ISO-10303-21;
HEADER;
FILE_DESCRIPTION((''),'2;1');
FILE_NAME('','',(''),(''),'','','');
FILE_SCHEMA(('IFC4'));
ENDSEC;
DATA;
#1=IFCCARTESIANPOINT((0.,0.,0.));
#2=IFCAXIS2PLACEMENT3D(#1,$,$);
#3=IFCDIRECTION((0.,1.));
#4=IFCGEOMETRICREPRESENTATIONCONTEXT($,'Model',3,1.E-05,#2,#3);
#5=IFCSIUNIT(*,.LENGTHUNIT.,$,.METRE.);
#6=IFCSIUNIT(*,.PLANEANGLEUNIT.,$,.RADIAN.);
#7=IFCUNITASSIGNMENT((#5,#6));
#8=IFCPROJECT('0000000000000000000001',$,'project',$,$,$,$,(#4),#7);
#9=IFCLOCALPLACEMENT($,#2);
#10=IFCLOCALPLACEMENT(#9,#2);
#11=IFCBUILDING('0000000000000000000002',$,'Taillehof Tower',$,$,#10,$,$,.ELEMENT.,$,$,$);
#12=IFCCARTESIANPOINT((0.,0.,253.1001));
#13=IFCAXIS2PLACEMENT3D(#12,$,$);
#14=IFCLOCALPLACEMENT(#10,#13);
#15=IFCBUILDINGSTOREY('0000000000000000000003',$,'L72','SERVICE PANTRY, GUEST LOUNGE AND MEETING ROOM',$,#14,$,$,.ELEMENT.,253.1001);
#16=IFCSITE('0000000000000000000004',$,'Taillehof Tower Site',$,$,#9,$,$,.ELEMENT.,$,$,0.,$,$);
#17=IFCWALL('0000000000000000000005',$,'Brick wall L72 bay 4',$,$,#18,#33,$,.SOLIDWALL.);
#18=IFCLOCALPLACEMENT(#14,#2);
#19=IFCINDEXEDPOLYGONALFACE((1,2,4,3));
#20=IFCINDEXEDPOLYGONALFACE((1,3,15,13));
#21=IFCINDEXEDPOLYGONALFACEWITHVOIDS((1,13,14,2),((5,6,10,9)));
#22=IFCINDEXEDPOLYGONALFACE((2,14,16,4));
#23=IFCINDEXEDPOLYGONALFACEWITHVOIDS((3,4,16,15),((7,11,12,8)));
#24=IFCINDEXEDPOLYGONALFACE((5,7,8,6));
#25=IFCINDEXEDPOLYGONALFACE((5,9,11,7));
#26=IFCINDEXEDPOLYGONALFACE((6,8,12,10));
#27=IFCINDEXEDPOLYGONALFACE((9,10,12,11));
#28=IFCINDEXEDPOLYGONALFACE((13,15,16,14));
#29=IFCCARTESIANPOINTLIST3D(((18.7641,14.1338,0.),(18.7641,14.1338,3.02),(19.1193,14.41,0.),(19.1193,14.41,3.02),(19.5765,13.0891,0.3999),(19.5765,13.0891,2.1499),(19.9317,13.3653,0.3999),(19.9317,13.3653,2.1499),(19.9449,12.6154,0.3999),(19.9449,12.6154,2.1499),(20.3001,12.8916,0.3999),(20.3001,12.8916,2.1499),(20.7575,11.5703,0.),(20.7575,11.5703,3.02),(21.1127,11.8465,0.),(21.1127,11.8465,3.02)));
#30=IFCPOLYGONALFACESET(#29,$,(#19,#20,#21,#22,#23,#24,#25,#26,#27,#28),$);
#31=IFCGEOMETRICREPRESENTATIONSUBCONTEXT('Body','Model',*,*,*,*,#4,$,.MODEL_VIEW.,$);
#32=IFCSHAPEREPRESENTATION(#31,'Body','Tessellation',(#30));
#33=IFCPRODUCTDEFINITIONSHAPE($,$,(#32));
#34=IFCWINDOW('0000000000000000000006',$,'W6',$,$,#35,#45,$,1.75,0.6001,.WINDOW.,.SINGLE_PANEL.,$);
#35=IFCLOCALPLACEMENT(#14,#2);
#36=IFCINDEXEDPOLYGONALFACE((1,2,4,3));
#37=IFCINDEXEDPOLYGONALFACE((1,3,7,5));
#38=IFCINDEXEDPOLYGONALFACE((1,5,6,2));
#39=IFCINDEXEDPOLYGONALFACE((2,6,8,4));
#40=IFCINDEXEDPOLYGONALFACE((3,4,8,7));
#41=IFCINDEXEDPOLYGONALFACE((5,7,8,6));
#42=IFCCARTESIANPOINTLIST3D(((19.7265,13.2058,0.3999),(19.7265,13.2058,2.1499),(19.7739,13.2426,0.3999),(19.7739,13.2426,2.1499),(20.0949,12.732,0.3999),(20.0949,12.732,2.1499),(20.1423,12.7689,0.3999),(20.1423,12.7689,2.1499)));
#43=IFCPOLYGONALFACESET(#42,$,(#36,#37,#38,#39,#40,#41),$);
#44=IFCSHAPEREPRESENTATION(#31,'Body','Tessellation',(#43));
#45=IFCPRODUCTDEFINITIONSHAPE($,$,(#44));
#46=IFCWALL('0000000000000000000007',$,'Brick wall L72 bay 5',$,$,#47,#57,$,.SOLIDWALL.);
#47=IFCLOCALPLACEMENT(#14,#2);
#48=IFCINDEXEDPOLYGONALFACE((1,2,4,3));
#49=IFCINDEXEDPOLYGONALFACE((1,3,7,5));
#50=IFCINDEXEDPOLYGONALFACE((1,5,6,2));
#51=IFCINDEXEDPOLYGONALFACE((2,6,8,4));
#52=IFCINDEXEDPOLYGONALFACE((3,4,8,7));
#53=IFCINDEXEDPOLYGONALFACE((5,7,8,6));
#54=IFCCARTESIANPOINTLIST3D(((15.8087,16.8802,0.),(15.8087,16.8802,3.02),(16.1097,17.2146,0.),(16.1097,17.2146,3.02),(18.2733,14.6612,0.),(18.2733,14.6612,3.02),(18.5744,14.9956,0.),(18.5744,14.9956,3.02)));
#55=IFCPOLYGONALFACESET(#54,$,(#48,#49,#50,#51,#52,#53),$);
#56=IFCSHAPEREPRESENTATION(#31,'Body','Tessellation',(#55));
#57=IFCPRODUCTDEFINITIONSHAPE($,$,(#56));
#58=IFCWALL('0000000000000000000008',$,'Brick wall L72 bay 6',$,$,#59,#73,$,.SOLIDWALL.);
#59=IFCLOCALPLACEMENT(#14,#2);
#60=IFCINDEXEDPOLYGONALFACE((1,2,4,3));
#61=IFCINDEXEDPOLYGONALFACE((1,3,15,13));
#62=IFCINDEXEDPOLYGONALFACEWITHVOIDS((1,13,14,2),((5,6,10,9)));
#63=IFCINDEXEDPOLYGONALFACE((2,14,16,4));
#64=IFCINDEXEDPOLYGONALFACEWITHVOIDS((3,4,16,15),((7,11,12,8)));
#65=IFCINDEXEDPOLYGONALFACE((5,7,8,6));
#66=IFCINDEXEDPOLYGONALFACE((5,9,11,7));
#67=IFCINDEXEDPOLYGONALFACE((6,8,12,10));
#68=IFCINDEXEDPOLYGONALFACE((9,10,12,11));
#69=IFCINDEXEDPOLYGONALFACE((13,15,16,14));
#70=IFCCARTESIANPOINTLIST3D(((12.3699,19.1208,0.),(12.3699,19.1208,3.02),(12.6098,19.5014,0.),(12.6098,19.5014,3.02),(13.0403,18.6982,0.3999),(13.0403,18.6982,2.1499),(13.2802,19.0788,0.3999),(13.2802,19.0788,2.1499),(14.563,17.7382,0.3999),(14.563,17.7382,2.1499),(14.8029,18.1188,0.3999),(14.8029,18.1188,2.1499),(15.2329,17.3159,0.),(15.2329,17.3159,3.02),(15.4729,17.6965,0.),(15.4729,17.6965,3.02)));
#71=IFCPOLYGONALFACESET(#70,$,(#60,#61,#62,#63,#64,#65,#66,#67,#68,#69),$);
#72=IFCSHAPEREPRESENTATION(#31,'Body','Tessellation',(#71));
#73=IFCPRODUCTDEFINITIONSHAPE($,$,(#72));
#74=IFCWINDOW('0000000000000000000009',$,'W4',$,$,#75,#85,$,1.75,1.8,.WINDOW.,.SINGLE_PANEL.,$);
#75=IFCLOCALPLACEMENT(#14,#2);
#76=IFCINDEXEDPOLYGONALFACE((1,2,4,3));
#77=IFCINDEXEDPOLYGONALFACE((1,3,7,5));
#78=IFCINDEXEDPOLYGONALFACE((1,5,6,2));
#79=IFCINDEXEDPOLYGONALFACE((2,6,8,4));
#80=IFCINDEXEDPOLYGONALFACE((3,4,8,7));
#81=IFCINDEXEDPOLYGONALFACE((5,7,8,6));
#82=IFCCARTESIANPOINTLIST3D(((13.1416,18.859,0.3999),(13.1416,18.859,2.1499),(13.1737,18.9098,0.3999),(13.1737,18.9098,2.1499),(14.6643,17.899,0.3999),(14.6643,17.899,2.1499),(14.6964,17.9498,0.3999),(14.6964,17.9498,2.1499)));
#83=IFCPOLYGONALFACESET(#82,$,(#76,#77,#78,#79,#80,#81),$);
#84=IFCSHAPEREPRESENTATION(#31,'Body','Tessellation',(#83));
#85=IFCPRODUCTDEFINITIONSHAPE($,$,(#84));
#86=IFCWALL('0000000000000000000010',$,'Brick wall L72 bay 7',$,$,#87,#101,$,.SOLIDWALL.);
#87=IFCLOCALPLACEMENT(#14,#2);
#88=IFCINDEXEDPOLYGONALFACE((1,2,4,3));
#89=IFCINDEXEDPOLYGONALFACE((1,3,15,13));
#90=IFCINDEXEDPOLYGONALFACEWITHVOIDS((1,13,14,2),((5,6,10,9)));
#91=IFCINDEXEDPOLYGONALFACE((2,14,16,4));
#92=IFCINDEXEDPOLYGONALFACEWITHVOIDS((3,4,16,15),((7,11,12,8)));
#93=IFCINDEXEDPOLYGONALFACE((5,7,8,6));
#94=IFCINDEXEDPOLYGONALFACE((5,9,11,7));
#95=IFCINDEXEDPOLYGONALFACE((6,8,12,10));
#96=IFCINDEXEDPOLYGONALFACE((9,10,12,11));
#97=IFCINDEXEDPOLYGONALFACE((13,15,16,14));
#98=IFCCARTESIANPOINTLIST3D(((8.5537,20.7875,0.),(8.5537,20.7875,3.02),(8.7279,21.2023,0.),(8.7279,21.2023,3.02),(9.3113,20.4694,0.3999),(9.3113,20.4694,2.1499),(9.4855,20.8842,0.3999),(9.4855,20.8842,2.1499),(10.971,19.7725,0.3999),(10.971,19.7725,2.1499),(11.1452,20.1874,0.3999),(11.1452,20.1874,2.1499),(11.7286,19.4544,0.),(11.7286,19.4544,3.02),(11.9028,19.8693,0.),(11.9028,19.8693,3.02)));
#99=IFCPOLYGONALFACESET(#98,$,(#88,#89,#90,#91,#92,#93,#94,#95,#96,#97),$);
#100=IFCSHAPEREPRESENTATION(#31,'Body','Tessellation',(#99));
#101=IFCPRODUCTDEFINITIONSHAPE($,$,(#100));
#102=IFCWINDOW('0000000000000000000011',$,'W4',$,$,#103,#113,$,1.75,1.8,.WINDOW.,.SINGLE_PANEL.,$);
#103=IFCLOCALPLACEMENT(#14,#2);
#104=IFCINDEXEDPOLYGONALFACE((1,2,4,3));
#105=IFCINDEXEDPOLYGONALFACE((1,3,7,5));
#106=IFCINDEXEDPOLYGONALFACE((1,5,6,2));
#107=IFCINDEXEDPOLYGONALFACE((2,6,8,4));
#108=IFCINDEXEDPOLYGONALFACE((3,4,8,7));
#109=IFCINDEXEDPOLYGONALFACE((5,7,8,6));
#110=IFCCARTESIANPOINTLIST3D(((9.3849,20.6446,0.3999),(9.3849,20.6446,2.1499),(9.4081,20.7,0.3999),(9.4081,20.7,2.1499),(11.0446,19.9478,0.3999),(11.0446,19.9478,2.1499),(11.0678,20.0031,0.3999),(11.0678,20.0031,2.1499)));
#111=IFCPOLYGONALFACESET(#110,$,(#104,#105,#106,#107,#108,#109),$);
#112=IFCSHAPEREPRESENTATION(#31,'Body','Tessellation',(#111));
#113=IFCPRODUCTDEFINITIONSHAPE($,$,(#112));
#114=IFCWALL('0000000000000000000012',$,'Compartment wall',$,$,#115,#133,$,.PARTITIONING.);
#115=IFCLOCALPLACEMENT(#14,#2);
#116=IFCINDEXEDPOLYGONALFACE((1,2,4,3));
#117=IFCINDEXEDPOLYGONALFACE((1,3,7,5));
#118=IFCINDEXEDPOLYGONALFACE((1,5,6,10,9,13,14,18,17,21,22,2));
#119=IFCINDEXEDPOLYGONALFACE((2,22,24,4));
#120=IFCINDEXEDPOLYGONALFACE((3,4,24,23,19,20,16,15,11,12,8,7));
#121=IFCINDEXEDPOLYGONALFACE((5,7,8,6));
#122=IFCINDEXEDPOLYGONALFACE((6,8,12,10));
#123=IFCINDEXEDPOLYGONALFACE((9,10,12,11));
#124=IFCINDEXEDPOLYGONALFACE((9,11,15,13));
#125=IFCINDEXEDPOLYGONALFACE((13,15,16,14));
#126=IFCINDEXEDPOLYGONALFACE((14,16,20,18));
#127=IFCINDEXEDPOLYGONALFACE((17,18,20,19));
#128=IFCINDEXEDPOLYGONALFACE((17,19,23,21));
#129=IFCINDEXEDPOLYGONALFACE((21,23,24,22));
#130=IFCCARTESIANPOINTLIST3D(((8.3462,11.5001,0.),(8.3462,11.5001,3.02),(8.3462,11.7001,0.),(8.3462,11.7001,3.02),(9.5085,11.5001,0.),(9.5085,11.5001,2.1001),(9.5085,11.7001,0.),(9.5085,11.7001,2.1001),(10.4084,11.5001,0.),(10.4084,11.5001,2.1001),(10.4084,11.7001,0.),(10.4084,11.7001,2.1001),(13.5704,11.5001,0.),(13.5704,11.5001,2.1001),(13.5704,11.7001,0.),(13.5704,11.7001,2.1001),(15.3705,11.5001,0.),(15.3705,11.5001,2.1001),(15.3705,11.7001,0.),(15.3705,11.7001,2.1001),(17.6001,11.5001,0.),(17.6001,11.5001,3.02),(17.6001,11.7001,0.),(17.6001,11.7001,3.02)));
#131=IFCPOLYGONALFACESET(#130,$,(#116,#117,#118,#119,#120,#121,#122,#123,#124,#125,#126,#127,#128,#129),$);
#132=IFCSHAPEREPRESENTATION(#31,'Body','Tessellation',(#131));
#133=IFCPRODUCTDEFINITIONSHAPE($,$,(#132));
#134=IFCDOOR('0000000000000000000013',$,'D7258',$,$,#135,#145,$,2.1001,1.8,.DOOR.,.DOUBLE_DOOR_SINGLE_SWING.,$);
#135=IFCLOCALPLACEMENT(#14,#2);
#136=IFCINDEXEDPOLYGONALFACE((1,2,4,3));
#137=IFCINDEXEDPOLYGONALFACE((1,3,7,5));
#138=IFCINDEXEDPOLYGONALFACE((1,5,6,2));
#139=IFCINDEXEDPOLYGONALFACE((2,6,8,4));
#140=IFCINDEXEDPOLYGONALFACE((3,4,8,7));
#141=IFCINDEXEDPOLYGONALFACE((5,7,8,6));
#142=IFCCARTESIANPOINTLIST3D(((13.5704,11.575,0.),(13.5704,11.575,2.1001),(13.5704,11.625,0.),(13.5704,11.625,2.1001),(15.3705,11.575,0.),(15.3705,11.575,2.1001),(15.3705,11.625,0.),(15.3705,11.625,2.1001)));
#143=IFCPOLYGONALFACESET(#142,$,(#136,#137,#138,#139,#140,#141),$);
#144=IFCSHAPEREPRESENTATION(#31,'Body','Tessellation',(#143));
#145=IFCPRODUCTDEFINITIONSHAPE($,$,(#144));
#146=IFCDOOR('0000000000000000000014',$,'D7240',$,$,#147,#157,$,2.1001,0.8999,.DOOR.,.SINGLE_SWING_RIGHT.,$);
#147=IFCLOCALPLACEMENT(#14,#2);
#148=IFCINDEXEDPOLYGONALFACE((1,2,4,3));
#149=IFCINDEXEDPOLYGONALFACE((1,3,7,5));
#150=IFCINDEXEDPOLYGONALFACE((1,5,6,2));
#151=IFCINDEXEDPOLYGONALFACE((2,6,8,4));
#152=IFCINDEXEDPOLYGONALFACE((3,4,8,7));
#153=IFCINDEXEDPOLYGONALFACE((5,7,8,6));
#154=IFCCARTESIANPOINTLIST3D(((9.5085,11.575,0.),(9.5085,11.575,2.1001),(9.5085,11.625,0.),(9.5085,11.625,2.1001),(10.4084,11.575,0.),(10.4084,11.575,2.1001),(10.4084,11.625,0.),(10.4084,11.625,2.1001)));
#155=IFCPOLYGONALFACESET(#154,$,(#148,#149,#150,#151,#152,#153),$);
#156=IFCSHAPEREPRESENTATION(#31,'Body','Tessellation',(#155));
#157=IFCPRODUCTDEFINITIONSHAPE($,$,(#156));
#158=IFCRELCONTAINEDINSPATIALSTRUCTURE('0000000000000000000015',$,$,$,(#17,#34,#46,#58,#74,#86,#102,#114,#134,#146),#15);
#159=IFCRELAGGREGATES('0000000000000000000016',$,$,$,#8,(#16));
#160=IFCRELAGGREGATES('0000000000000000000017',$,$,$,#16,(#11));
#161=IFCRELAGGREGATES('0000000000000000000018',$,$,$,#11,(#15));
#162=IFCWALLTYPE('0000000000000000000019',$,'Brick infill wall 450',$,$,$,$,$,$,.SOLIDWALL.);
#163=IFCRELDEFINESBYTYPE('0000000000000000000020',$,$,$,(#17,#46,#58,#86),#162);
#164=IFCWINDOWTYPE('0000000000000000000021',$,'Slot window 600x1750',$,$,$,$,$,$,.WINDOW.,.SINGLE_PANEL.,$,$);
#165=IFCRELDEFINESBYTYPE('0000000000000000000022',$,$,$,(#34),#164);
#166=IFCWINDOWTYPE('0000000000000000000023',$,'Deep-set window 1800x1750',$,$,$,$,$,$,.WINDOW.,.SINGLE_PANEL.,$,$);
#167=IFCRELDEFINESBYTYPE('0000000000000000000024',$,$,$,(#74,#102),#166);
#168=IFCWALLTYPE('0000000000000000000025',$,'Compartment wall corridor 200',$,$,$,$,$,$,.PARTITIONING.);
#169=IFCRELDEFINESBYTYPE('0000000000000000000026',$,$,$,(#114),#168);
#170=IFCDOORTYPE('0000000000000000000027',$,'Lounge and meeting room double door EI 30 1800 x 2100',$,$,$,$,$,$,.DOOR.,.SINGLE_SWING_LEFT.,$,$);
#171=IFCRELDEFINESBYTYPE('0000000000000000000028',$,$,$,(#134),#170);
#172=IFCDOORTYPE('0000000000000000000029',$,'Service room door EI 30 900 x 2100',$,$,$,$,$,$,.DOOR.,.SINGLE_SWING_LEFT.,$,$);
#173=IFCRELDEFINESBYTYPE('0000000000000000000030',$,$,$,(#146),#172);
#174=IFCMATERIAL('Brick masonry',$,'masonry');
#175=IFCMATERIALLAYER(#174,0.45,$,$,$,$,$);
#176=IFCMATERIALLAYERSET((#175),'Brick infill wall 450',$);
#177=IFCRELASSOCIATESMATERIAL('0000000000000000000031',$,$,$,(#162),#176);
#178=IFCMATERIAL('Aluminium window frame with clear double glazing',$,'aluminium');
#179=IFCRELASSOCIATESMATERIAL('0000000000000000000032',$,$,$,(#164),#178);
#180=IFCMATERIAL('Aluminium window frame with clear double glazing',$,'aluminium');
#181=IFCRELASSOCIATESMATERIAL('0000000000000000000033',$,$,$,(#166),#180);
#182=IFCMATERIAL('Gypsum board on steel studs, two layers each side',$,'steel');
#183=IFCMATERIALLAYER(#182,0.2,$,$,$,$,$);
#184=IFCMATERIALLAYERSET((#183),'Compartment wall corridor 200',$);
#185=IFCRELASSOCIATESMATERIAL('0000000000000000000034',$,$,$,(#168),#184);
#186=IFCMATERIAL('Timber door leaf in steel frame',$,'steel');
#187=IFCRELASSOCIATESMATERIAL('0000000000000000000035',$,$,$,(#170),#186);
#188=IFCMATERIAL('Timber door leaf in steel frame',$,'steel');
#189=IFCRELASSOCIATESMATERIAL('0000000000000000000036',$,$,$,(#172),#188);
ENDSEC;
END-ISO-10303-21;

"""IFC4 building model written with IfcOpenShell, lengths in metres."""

from ifc_helpers import new_model, si_unit, direction, frame, frame_2d, origin, place, context, subcontext, project, spatial, rectangle, extrude, material, layer, layer_set, type_object, element, fill, save


model = new_model("IFC4")

# Units and contexts
model_context = context("Model", 3, precision=1e-05, world=origin(), true_north=direction((0.0, 1.0)))
body_context = subcontext(model_context, "Body", "Model", "MODEL_VIEW")
ifc_project = project(units=[si_unit("LENGTHUNIT", "METRE"), si_unit("PLANEANGLEUNIT", "RADIAN")], contexts=[model_context])

# Site, building, storey
site_placement = place(None, origin())
site = spatial("IfcSite", under=ifc_project, at=site_placement, Name="Taillehof Tower Site", CompositionType="ELEMENT", RefElevation=0.0)
building_placement = place(site_placement, origin())
building = spatial("IfcBuilding", under=site, at=building_placement, Name="Taillehof Tower", CompositionType="ELEMENT")
storey_placement = place(building_placement, frame((0.0, 0.0, 253.1001)))
storey = spatial("IfcBuildingStorey", under=building, at=storey_placement, Name="L72", Description="SERVICE PANTRY, GUEST LOUNGE AND MEETING ROOM", CompositionType="ELEMENT", Elevation=253.1001)

# Wall, opening, window
ifc_material_1 = material(Name="Brick masonry", Category="masonry")
ifc_layer_1 = layer(ifc_material_1, 0.45)
ifc_layer_set_1 = layer_set([ifc_layer_1], Name="Brick infill wall 450")
wall_type_1 = type_object("IfcWallType", Name="Brick infill wall 450", PredefinedType="SOLIDWALL", material=ifc_layer_set_1)
wall_1_placement = place(storey_placement, frame((20.9351, 11.7085, 0.0), z_axis=(0.0, 0.0, 1.0), x_axis=(-0.613863, 0.789413, 0.0)))
wall_1 = element("IfcWall", 1, at=wall_1_placement, inside=storey, type_object=wall_type_1, Name="Brick wall L72 bay 4", PredefinedType="SOLIDWALL", context=body_context, shape_type="SweptSolid", body=[
    extrude(rectangle(XDim=3.2473, YDim=0.45, at=frame_2d((1.6235, 0.0))), origin(), (0.0, 0.0, 1.0), 3.02),
])
opening_1_placement = place(wall_1_placement, frame((1.3237, 0.0, 0.3999)))
opening_1 = element("IfcOpeningElement", 2, at=opening_1_placement, cuts=wall_1, PredefinedType="OPENING", context=body_context, shape_type="SweptSolid", body=[
    extrude(rectangle(XDim=0.6001, YDim=1.75, at=frame_2d((0.3, 0.875))), frame((0.0, 0.2349, 0.0), z_axis=(0.0, -1.0, 0.0), x_axis=(1.0, 0.0, 0.0)), (0.0, 0.0, 1.0), 0.47),
])
ifc_material_2 = material(Name="Aluminium window frame with clear double glazing", Category="aluminium")
window_type_1 = type_object("IfcWindowType", Name="Slot window 600x1750", PartitioningType="SINGLE_PANEL", PredefinedType="WINDOW", material=ifc_material_2)
window_1_placement = place(opening_1_placement, origin())
window_1 = element("IfcWindow", 3, at=window_1_placement, inside=storey, type_object=window_type_1, Name="W6", OverallHeight=1.75, OverallWidth=0.6001, PartitioningType="SINGLE_PANEL", PredefinedType="WINDOW", context=body_context, shape_type="SweptSolid", body=[
    extrude(rectangle(XDim=0.6001, YDim=1.75, at=frame_2d((0.3, 0.875))), frame((0.0, 0.0349, 0.0), z_axis=(0.0, -1.0, 0.0), x_axis=(1.0, 0.0, 0.0)), (0.0, 0.0, 1.0), 0.0601),
])
fill(opening_1, window_1)

# Wall
wall_2_placement = place(storey_placement, frame((18.4238, 14.8284, 0.0), z_axis=(0.0, 0.0, 1.0), x_axis=(-0.743166, 0.669107, 0.0)))
element("IfcWall", 4, at=wall_2_placement, inside=storey, type_object=wall_type_1, Name="Brick wall L72 bay 5", PredefinedType="SOLIDWALL", context=body_context, shape_type="SweptSolid", body=[
    extrude(rectangle(XDim=3.3164, YDim=0.45, at=frame_2d((1.6582, 0.0))), origin(), (0.0, 0.0, 1.0), 3.02),
])

# Walls, openings, windows
wall_3_placement = place(storey_placement, frame((15.353, 17.5061, 0.0), z_axis=(0.0, 0.0, 1.0), x_axis=(-0.845929, 0.533295, 0.0)))
wall_3 = element("IfcWall", 5, at=wall_3_placement, inside=storey, type_object=wall_type_1, Name="Brick wall L72 bay 6", PredefinedType="SOLIDWALL", context=body_context, shape_type="SweptSolid", body=[
    extrude(rectangle(XDim=3.3845, YDim=0.45, at=frame_2d((1.6924, 0.0))), origin(), (0.0, 0.0, 1.0), 3.02),
])
opening_2_placement = place(wall_3_placement, frame((0.7922, 0.0, 0.3999)))
opening_2 = element("IfcOpeningElement", 6, at=opening_2_placement, cuts=wall_3, PredefinedType="OPENING", context=body_context, shape_type="SweptSolid", body=[
    extrude(rectangle(XDim=1.8, YDim=1.75, at=frame_2d((0.8999, 0.875))), frame((0.0, 0.2349, 0.0), z_axis=(0.0, -1.0, 0.0), x_axis=(1.0, 0.0, 0.0)), (0.0, 0.0, 1.0), 0.47),
])
ifc_material_3 = material(Name="Aluminium window frame with clear double glazing", Category="aluminium")
window_type_2 = type_object("IfcWindowType", Name="Deep-set window 1800x1750", PartitioningType="SINGLE_PANEL", PredefinedType="WINDOW", material=ifc_material_3)
window_2_placement = place(opening_2_placement, origin())
window_2 = element("IfcWindow", 7, at=window_2_placement, inside=storey, type_object=window_type_2, Name="W4", OverallHeight=1.75, OverallWidth=1.8, PartitioningType="SINGLE_PANEL", PredefinedType="WINDOW", context=body_context, shape_type="SweptSolid", body=[
    extrude(rectangle(XDim=1.8, YDim=1.75, at=frame_2d((0.8999, 0.875))), frame((0.0, 0.0349, 0.0), z_axis=(0.0, -1.0, 0.0), x_axis=(1.0, 0.0, 0.0)), (0.0, 0.0, 1.0), 0.0601),
])
fill(opening_2, window_2)
wall_4_placement = place(storey_placement, frame((11.8157, 19.6619, 0.0), z_axis=(0.0, 0.0, 1.0), x_axis=(-0.922025, 0.387131, 0.0)))
wall_4 = element("IfcWall", 8, at=wall_4_placement, inside=storey, type_object=wall_type_1, Name="Brick wall L72 bay 7", PredefinedType="SOLIDWALL", context=body_context, shape_type="SweptSolid", body=[
    extrude(rectangle(XDim=3.4434, YDim=0.45, at=frame_2d((1.7217, 0.0))), origin(), (0.0, 0.0, 1.0), 3.02),
])
opening_3_placement = place(wall_4_placement, frame((0.8218, 0.0, 0.3999)))
opening_3 = element("IfcOpeningElement", 9, at=opening_3_placement, cuts=wall_4, PredefinedType="OPENING", context=body_context, shape_type="SweptSolid", body=[
    extrude(rectangle(XDim=1.8, YDim=1.75, at=frame_2d((0.8999, 0.875))), frame((0.0, 0.2349, 0.0), z_axis=(0.0, -1.0, 0.0), x_axis=(1.0, 0.0, 0.0)), (0.0, 0.0, 1.0), 0.47),
])
window_3_placement = place(opening_3_placement, origin())
window_3 = element("IfcWindow", 10, at=window_3_placement, inside=storey, type_object=window_type_2, Name="W4", OverallHeight=1.75, OverallWidth=1.8, PartitioningType="SINGLE_PANEL", PredefinedType="WINDOW", context=body_context, shape_type="SweptSolid", body=[
    extrude(rectangle(XDim=1.8, YDim=1.75, at=frame_2d((0.8999, 0.875))), frame((0.0, 0.0349, 0.0), z_axis=(0.0, -1.0, 0.0), x_axis=(1.0, 0.0, 0.0)), (0.0, 0.0, 1.0), 0.0601),
])
fill(opening_3, window_3)

# Wall, openings, doors
ifc_material_4 = material(Name="Gypsum board on steel studs, two layers each side", Category="steel")
ifc_layer_2 = layer(ifc_material_4, 0.2)
ifc_layer_set_2 = layer_set([ifc_layer_2], Name="Compartment wall corridor 200")
wall_type_2 = type_object("IfcWallType", Name="Compartment wall corridor 200", PredefinedType="PARTITIONING", material=ifc_layer_set_2)
wall_5_placement = place(storey_placement, frame((8.3462, 11.6001, 0.0), z_axis=(0.0, 0.0, 1.0), x_axis=(1.0, 0.0, 0.0)))
wall_5 = element("IfcWall", 11, at=wall_5_placement, inside=storey, type_object=wall_type_2, Name="Compartment wall", PredefinedType="PARTITIONING", context=body_context, shape_type="SweptSolid", body=[
    extrude(rectangle(XDim=9.2539, YDim=0.2, at=frame_2d((4.627, 0.0))), origin(), (0.0, 0.0, 1.0), 3.02),
])
opening_4_placement = place(wall_5_placement, frame((1.1624, 0.0, 0.0)))
opening_4 = element("IfcOpeningElement", 12, at=opening_4_placement, cuts=wall_5, PredefinedType="OPENING", context=body_context, shape_type="SweptSolid", body=[
    extrude(rectangle(XDim=0.8999, YDim=2.1001, at=frame_2d((0.45, 1.05))), frame((0.0, 0.1099, 0.0), z_axis=(0.0, -1.0, 0.0), x_axis=(1.0, 0.0, 0.0)), (0.0, 0.0, 1.0), 0.22),
])
opening_5_placement = place(wall_5_placement, frame((5.2244, 0.0, 0.0)))
opening_5 = element("IfcOpeningElement", 13, at=opening_5_placement, cuts=wall_5, PredefinedType="OPENING", context=body_context, shape_type="SweptSolid", body=[
    extrude(rectangle(XDim=1.8, YDim=2.1001, at=frame_2d((0.8999, 1.05))), frame((0.0, 0.1099, 0.0), z_axis=(0.0, -1.0, 0.0), x_axis=(1.0, 0.0, 0.0)), (0.0, 0.0, 1.0), 0.22),
])
ifc_material_5 = material(Name="Timber door leaf in steel frame", Category="steel")
door_type_1 = type_object("IfcDoorType", Name="Lounge and meeting room double door EI 30 1800 x 2100", OperationType="SINGLE_SWING_LEFT", PredefinedType="DOOR", material=ifc_material_5)
door_1_placement = place(opening_5_placement, origin())
door_1 = element("IfcDoor", 14, at=door_1_placement, inside=storey, type_object=door_type_1, Name="D7258", OperationType="DOUBLE_DOOR_SINGLE_SWING", OverallHeight=2.1001, OverallWidth=1.8, PredefinedType="DOOR", context=body_context, shape_type="SweptSolid", body=[
    extrude(rectangle(XDim=1.8, YDim=2.1001, at=frame_2d((0.8999, 1.05))), frame((0.0, 0.0249, 0.0), z_axis=(0.0, -1.0, 0.0), x_axis=(1.0, 0.0, 0.0)), (0.0, 0.0, 1.0), 0.05),
])
fill(opening_5, door_1)
ifc_material_6 = material(Name="Timber door leaf in steel frame", Category="steel")
door_type_2 = type_object("IfcDoorType", Name="Service room door EI 30 900 x 2100", OperationType="SINGLE_SWING_LEFT", PredefinedType="DOOR", material=ifc_material_6)
door_2_placement = place(opening_4_placement, origin())
door_2 = element("IfcDoor", 15, at=door_2_placement, inside=storey, type_object=door_type_2, Name="D7240", OperationType="SINGLE_SWING_RIGHT", OverallHeight=2.1001, OverallWidth=0.8999, PredefinedType="DOOR", context=body_context, shape_type="SweptSolid", body=[
    extrude(rectangle(XDim=0.8999, YDim=2.1001, at=frame_2d((0.45, 1.05))), frame((0.0, 0.0249, 0.0), z_axis=(0.0, -1.0, 0.0), x_axis=(1.0, 0.0, 0.0)), (0.0, 0.0, 1.0), 0.05),
])
fill(opening_4, door_2)

save(model, "model.ifc")
